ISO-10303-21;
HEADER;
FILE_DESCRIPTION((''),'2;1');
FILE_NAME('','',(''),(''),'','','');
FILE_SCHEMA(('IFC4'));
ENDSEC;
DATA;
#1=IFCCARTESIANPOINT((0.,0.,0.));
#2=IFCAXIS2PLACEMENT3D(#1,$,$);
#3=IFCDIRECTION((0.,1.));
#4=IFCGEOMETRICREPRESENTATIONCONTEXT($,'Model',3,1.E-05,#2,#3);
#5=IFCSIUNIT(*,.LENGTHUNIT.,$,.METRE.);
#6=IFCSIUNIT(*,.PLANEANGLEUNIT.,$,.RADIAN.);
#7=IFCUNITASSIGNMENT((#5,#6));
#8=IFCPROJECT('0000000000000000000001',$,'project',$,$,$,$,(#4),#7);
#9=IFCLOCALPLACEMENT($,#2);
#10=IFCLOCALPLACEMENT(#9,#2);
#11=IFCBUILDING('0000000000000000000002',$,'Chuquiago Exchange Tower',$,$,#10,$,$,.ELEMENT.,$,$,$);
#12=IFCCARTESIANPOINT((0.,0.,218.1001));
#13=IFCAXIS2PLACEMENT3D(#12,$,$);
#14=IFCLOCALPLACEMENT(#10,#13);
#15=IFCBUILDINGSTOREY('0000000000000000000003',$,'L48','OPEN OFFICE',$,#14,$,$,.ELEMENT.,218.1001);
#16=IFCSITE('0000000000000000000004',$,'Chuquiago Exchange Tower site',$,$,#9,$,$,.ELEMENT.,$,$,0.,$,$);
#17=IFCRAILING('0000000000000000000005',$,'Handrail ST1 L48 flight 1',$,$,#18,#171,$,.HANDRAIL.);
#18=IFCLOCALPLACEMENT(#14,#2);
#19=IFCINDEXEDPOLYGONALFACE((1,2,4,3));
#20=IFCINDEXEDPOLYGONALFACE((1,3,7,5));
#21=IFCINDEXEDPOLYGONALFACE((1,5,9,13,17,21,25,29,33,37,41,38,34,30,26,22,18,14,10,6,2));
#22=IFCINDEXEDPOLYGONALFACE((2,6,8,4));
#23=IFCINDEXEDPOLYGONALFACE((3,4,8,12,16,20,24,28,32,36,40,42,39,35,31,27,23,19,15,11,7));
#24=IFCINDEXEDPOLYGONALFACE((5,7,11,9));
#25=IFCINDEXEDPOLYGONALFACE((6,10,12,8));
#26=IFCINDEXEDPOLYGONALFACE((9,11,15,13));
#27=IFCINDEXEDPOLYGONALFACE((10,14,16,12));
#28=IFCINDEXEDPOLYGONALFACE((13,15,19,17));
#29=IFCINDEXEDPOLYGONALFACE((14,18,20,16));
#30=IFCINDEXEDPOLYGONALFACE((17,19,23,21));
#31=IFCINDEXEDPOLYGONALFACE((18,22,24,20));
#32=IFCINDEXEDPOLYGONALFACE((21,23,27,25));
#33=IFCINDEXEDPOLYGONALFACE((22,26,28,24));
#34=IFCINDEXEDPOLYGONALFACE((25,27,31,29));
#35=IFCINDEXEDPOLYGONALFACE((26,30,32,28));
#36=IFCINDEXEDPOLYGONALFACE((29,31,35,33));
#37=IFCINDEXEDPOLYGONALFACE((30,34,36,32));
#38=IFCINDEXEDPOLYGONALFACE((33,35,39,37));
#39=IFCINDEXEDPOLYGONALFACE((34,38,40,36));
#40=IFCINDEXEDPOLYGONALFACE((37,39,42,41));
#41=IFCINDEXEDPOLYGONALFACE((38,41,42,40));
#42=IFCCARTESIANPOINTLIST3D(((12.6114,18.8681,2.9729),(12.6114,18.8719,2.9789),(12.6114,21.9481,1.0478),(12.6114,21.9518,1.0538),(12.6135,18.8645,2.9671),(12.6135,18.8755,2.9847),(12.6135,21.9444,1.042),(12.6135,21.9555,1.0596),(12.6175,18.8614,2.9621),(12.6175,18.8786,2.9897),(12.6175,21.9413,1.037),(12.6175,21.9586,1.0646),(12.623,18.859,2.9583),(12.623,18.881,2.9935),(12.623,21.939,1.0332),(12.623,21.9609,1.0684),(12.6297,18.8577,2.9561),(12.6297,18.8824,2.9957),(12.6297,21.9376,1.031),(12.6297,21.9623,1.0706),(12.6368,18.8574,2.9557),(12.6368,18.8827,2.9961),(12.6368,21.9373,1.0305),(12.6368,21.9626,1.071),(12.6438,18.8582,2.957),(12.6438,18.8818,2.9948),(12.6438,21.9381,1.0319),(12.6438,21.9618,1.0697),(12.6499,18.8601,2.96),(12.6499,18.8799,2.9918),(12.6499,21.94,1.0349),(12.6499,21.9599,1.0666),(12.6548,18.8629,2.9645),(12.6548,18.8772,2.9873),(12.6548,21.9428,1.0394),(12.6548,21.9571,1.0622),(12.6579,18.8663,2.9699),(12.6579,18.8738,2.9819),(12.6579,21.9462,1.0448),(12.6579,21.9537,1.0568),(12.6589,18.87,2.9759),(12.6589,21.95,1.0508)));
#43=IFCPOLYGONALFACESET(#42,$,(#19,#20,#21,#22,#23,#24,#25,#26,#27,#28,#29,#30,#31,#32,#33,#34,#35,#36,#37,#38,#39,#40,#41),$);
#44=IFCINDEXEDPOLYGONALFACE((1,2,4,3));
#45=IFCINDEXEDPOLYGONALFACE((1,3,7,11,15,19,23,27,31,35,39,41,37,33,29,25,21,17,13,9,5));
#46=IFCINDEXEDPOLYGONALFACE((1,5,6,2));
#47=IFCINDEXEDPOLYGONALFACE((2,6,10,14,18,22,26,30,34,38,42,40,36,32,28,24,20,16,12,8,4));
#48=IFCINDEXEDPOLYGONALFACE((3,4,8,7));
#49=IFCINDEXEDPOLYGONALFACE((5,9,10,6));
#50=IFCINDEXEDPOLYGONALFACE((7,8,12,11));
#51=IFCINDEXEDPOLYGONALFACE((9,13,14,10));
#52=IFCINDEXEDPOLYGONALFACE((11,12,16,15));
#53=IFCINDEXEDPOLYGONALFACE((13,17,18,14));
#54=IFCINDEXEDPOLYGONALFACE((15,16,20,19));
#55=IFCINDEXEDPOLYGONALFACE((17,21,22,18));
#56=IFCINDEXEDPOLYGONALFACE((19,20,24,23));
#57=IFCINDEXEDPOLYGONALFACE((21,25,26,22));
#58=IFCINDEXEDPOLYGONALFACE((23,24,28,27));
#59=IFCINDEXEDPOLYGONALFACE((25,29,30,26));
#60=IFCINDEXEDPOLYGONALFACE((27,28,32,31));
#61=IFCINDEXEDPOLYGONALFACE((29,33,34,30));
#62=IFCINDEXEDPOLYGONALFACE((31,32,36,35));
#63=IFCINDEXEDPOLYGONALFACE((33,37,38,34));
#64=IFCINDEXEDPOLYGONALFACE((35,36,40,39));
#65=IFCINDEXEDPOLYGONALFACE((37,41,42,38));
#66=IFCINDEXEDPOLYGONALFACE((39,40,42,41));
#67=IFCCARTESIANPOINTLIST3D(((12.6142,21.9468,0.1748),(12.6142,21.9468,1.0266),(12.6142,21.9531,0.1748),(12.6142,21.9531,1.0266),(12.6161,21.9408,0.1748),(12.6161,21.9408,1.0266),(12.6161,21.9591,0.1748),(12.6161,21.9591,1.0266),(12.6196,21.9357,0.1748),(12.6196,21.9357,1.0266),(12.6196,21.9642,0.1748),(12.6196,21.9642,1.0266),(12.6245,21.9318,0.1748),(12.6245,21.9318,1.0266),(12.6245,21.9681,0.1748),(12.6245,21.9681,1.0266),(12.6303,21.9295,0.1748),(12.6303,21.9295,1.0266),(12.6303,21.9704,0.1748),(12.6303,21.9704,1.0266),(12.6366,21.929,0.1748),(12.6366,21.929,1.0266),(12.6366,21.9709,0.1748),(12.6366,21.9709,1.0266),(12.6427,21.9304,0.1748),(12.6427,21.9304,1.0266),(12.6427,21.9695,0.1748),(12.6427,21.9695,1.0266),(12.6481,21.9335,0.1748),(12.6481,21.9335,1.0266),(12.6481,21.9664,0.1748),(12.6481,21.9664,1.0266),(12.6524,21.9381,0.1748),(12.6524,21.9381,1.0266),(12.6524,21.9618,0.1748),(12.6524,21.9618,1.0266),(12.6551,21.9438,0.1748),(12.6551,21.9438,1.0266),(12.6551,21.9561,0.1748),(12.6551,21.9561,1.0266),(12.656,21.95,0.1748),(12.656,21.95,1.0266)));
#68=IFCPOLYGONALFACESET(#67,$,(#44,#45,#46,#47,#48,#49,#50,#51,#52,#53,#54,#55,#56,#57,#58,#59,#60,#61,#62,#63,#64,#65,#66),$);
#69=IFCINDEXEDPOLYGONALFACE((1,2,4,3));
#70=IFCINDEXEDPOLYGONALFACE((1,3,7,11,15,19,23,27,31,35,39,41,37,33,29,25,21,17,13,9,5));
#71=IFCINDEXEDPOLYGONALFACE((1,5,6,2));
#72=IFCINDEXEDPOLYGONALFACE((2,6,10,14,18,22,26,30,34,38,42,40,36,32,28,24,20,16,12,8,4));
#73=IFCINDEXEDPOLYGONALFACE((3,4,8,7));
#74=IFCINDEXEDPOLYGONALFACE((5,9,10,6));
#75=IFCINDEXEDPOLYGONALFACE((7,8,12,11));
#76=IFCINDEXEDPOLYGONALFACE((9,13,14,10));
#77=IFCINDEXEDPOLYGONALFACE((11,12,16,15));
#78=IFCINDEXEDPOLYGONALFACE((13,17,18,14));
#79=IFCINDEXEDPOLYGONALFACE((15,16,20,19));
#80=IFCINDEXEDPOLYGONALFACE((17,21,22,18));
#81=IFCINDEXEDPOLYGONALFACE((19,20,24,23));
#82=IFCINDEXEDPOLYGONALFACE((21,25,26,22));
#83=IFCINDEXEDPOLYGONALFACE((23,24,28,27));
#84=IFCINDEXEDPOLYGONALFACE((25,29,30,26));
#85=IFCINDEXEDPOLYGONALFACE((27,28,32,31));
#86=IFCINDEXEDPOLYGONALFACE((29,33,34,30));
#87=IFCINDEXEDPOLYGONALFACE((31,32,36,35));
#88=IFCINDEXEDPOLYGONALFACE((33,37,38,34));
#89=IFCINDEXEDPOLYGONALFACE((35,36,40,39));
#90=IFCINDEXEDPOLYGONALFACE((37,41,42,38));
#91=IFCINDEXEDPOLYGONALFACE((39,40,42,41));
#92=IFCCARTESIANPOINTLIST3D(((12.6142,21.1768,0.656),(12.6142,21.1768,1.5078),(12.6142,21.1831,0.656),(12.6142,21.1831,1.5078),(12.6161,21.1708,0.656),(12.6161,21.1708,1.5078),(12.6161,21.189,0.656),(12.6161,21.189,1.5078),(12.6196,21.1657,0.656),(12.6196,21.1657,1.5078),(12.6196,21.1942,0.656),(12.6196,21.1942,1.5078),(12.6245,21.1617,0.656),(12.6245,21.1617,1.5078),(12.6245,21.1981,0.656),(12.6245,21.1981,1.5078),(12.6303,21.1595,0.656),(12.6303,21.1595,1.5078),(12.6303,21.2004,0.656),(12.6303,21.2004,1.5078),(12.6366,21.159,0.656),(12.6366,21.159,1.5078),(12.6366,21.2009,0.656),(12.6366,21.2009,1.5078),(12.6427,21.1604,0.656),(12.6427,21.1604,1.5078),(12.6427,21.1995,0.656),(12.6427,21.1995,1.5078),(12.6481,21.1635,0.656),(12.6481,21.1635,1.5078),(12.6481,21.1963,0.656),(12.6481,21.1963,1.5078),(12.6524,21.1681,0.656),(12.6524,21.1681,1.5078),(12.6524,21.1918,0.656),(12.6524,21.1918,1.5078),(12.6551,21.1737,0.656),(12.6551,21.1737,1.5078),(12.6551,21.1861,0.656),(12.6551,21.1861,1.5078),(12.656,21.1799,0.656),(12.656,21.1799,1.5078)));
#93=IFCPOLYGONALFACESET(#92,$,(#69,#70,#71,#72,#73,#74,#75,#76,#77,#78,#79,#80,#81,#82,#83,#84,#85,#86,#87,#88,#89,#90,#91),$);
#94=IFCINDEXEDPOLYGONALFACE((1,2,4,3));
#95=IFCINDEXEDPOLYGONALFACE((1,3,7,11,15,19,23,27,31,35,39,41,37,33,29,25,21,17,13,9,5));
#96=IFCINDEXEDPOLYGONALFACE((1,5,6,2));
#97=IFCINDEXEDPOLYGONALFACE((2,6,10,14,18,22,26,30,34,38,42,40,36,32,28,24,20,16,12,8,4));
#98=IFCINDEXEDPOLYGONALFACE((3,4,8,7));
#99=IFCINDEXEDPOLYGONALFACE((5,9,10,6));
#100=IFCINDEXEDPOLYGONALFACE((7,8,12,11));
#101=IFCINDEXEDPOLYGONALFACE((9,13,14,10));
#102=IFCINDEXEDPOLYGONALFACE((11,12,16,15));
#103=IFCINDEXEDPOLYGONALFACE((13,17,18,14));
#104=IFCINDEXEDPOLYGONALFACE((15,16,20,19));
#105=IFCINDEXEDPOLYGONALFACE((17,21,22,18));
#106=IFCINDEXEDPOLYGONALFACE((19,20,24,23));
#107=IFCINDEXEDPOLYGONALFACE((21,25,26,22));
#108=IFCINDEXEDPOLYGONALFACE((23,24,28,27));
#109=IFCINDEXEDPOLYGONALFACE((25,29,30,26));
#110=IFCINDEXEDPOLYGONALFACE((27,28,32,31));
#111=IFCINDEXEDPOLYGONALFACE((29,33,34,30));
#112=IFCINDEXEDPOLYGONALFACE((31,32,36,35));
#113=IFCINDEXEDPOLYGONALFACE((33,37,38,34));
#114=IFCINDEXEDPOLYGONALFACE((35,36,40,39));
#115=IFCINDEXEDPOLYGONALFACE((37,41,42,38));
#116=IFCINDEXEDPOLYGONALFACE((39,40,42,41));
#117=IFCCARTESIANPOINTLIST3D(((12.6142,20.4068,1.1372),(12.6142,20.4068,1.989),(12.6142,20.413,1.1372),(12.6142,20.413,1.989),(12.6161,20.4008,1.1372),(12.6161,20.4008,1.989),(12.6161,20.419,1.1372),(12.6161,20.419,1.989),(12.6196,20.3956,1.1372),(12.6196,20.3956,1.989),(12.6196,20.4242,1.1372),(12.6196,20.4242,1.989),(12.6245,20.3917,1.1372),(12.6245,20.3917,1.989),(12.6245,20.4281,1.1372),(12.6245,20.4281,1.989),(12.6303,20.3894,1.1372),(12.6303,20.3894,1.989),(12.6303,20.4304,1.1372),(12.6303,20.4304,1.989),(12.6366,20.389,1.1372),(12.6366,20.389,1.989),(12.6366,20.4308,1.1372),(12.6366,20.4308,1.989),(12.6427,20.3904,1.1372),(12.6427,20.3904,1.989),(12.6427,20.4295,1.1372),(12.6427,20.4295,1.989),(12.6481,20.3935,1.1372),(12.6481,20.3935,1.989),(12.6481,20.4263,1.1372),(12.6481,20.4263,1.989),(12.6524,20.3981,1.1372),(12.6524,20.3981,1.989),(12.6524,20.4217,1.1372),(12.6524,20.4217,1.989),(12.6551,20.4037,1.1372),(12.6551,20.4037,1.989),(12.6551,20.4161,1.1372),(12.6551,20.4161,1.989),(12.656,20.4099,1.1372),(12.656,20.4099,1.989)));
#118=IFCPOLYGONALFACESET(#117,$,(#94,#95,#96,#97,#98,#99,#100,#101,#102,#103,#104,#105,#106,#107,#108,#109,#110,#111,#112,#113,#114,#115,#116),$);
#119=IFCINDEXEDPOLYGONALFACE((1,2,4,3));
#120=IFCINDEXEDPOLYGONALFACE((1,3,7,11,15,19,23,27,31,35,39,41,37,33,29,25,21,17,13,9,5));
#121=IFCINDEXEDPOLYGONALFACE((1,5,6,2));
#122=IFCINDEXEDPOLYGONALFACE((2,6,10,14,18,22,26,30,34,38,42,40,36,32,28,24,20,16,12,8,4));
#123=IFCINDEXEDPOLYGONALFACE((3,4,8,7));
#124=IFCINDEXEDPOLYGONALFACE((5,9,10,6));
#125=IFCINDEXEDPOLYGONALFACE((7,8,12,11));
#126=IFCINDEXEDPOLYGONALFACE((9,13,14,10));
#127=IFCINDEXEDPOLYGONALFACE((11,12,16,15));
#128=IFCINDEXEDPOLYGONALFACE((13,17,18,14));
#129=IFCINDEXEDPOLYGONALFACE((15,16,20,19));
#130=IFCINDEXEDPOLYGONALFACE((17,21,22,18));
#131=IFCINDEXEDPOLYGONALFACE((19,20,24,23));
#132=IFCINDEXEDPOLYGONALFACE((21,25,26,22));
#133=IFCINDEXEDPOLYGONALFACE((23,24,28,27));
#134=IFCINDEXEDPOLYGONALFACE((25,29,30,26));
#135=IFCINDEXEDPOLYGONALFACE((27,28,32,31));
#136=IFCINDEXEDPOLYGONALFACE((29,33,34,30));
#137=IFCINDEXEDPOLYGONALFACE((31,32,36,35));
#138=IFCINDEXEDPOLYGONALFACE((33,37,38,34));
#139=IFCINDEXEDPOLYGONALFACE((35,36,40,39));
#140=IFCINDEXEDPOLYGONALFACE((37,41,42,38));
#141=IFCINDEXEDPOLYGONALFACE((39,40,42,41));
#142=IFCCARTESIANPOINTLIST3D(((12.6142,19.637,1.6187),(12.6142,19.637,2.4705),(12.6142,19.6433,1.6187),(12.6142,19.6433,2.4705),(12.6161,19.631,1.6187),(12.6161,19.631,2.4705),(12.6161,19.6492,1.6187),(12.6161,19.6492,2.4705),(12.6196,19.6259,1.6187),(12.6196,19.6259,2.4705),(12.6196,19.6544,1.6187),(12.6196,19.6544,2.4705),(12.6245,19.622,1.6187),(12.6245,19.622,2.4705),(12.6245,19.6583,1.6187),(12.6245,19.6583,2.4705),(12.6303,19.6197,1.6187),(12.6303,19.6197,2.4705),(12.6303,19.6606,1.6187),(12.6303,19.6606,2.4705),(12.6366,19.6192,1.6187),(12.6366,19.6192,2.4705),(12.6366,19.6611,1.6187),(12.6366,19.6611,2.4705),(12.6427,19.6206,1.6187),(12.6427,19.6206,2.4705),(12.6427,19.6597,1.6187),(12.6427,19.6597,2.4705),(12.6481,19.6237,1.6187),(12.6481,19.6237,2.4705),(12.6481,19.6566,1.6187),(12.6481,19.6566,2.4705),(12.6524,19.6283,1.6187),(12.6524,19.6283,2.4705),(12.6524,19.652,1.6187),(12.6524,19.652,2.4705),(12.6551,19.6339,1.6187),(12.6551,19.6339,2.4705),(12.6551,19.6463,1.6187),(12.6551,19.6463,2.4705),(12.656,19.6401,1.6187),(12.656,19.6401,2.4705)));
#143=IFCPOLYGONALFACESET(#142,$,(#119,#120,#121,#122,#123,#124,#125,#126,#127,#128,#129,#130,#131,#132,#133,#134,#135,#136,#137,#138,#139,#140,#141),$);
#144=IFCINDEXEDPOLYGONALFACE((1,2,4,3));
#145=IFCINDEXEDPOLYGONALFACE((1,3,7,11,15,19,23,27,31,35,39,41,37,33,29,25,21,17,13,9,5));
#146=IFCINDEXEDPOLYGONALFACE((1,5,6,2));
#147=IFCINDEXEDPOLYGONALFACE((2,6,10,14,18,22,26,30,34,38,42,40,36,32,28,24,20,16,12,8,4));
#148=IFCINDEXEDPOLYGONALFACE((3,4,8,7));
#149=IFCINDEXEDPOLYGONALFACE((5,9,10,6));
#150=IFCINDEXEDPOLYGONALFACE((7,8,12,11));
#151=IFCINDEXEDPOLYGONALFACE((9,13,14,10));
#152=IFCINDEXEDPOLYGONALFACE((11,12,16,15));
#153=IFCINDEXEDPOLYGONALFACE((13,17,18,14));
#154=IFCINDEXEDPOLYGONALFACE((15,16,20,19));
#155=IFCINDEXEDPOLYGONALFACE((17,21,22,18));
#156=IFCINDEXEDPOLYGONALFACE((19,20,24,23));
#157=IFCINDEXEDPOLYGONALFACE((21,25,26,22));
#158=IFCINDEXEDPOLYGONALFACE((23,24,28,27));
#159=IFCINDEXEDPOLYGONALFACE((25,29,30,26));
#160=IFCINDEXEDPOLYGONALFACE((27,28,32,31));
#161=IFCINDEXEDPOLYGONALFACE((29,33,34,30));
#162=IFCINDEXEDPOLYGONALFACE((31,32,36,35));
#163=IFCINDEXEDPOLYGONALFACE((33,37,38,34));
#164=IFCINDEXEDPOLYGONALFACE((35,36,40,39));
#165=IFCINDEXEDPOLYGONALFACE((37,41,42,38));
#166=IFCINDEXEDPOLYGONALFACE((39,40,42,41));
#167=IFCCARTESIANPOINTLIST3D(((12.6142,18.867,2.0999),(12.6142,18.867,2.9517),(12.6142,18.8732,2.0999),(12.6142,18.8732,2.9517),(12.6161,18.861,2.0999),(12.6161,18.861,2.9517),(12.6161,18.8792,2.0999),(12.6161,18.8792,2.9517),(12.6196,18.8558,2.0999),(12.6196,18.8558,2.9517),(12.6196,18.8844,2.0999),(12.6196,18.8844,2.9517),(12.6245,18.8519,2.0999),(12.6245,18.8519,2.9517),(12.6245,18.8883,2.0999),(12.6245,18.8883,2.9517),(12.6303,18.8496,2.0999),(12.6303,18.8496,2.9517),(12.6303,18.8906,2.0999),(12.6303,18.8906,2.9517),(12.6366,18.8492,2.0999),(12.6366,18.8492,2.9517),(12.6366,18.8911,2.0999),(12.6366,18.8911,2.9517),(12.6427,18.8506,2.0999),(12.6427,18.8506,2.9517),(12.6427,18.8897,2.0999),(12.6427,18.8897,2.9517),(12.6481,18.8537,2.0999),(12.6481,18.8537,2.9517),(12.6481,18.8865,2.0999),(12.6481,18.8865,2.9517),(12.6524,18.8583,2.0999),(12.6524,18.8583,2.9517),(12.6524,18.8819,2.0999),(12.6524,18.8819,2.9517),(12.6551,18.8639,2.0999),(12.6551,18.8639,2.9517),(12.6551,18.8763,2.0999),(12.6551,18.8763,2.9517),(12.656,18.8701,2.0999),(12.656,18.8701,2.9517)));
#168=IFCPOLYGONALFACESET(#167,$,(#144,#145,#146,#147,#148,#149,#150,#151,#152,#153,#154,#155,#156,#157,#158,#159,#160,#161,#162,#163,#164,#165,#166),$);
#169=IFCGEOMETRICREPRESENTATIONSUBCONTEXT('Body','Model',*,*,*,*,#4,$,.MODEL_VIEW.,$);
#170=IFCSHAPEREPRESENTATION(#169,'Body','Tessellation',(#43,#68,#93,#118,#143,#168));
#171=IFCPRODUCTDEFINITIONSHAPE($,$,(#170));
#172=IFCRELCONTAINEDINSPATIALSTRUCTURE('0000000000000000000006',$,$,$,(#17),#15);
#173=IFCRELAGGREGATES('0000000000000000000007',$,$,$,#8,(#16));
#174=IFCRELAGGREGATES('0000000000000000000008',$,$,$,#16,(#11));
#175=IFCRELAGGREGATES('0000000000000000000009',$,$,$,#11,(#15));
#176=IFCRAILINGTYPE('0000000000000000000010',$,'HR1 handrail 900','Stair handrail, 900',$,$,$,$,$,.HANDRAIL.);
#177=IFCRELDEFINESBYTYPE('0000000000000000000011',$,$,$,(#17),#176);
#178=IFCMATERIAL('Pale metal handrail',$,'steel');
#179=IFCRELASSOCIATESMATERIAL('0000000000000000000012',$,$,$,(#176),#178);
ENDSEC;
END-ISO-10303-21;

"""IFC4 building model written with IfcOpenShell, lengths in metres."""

from ifc_helpers import new_model, si_unit, direction, frame, origin, origin_2d, place, context, subcontext, project, spatial, circle, extrude, material, type_object, element, save


model = new_model("IFC4")

# Units and contexts
model_context = context("Model", 3, precision=1e-05, world=origin(), true_north=direction((0.0, 1.0)))
body_context = subcontext(model_context, "Body", "Model", "MODEL_VIEW")
ifc_project = project(units=[si_unit("LENGTHUNIT", "METRE"), si_unit("PLANEANGLEUNIT", "RADIAN")], contexts=[model_context])

# Site, building, storey
site_placement = place(None, origin())
site = spatial("IfcSite", under=ifc_project, at=site_placement, Name="Chuquiago Exchange Tower site", CompositionType="ELEMENT", RefElevation=0.0)
building_placement = place(site_placement, origin())
building = spatial("IfcBuilding", under=site, at=building_placement, Name="Chuquiago Exchange Tower", CompositionType="ELEMENT")
storey_placement = place(building_placement, frame((0.0, 0.0, 218.1001)))
storey = spatial("IfcBuildingStorey", under=building, at=storey_placement, Name="L48", Description="OPEN OFFICE", CompositionType="ELEMENT", Elevation=218.1001)

# Railing
ifc_material_1 = material(Name="Pale metal handrail", Category="steel")
railing_type_1 = type_object("IfcRailingType", Name="HR1 handrail 900", Description="Stair handrail, 900", PredefinedType="HANDRAIL", material=ifc_material_1)
for number, where, name in (
    (1, (12.635, 21.95, 0.1748), "Handrail ST1 L48 flight 1"),
):
    element("IfcRailing", number, at=place(storey_placement, frame(where)), inside=storey, type_object=railing_type_1, Name=name, PredefinedType="HANDRAIL", context=body_context, shape_type="SweptSolid", body=[
        extrude(circle(Radius=0.0239, at=origin_2d()), frame((0.0, 0.0, 0.876), z_axis=(0.0, -0.847979, 0.530029), x_axis=(1.0, 0.0, 0.0)), (0.0, 0.0, 1.0), 3.6321),
        extrude(circle(Radius=0.021, at=origin_2d()), origin(), (0.0, 0.0, 1.0), 0.8518),
        extrude(circle(Radius=0.021, at=origin_2d()), frame((0.0, -0.77, 0.4812)), (0.0, 0.0, 1.0), 0.8518),
        extrude(circle(Radius=0.021, at=origin_2d()), frame((0.0, -1.54, 0.9624)), (0.0, 0.0, 1.0), 0.8518),
        extrude(circle(Radius=0.021, at=origin_2d()), frame((0.0, -2.3098, 1.4438)), (0.0, 0.0, 1.0), 0.8518),
        extrude(circle(Radius=0.021, at=origin_2d()), frame((0.0, -3.0798, 1.925)), (0.0, 0.0, 1.0), 0.8518),
    ])

save(model, "model.ifc")
